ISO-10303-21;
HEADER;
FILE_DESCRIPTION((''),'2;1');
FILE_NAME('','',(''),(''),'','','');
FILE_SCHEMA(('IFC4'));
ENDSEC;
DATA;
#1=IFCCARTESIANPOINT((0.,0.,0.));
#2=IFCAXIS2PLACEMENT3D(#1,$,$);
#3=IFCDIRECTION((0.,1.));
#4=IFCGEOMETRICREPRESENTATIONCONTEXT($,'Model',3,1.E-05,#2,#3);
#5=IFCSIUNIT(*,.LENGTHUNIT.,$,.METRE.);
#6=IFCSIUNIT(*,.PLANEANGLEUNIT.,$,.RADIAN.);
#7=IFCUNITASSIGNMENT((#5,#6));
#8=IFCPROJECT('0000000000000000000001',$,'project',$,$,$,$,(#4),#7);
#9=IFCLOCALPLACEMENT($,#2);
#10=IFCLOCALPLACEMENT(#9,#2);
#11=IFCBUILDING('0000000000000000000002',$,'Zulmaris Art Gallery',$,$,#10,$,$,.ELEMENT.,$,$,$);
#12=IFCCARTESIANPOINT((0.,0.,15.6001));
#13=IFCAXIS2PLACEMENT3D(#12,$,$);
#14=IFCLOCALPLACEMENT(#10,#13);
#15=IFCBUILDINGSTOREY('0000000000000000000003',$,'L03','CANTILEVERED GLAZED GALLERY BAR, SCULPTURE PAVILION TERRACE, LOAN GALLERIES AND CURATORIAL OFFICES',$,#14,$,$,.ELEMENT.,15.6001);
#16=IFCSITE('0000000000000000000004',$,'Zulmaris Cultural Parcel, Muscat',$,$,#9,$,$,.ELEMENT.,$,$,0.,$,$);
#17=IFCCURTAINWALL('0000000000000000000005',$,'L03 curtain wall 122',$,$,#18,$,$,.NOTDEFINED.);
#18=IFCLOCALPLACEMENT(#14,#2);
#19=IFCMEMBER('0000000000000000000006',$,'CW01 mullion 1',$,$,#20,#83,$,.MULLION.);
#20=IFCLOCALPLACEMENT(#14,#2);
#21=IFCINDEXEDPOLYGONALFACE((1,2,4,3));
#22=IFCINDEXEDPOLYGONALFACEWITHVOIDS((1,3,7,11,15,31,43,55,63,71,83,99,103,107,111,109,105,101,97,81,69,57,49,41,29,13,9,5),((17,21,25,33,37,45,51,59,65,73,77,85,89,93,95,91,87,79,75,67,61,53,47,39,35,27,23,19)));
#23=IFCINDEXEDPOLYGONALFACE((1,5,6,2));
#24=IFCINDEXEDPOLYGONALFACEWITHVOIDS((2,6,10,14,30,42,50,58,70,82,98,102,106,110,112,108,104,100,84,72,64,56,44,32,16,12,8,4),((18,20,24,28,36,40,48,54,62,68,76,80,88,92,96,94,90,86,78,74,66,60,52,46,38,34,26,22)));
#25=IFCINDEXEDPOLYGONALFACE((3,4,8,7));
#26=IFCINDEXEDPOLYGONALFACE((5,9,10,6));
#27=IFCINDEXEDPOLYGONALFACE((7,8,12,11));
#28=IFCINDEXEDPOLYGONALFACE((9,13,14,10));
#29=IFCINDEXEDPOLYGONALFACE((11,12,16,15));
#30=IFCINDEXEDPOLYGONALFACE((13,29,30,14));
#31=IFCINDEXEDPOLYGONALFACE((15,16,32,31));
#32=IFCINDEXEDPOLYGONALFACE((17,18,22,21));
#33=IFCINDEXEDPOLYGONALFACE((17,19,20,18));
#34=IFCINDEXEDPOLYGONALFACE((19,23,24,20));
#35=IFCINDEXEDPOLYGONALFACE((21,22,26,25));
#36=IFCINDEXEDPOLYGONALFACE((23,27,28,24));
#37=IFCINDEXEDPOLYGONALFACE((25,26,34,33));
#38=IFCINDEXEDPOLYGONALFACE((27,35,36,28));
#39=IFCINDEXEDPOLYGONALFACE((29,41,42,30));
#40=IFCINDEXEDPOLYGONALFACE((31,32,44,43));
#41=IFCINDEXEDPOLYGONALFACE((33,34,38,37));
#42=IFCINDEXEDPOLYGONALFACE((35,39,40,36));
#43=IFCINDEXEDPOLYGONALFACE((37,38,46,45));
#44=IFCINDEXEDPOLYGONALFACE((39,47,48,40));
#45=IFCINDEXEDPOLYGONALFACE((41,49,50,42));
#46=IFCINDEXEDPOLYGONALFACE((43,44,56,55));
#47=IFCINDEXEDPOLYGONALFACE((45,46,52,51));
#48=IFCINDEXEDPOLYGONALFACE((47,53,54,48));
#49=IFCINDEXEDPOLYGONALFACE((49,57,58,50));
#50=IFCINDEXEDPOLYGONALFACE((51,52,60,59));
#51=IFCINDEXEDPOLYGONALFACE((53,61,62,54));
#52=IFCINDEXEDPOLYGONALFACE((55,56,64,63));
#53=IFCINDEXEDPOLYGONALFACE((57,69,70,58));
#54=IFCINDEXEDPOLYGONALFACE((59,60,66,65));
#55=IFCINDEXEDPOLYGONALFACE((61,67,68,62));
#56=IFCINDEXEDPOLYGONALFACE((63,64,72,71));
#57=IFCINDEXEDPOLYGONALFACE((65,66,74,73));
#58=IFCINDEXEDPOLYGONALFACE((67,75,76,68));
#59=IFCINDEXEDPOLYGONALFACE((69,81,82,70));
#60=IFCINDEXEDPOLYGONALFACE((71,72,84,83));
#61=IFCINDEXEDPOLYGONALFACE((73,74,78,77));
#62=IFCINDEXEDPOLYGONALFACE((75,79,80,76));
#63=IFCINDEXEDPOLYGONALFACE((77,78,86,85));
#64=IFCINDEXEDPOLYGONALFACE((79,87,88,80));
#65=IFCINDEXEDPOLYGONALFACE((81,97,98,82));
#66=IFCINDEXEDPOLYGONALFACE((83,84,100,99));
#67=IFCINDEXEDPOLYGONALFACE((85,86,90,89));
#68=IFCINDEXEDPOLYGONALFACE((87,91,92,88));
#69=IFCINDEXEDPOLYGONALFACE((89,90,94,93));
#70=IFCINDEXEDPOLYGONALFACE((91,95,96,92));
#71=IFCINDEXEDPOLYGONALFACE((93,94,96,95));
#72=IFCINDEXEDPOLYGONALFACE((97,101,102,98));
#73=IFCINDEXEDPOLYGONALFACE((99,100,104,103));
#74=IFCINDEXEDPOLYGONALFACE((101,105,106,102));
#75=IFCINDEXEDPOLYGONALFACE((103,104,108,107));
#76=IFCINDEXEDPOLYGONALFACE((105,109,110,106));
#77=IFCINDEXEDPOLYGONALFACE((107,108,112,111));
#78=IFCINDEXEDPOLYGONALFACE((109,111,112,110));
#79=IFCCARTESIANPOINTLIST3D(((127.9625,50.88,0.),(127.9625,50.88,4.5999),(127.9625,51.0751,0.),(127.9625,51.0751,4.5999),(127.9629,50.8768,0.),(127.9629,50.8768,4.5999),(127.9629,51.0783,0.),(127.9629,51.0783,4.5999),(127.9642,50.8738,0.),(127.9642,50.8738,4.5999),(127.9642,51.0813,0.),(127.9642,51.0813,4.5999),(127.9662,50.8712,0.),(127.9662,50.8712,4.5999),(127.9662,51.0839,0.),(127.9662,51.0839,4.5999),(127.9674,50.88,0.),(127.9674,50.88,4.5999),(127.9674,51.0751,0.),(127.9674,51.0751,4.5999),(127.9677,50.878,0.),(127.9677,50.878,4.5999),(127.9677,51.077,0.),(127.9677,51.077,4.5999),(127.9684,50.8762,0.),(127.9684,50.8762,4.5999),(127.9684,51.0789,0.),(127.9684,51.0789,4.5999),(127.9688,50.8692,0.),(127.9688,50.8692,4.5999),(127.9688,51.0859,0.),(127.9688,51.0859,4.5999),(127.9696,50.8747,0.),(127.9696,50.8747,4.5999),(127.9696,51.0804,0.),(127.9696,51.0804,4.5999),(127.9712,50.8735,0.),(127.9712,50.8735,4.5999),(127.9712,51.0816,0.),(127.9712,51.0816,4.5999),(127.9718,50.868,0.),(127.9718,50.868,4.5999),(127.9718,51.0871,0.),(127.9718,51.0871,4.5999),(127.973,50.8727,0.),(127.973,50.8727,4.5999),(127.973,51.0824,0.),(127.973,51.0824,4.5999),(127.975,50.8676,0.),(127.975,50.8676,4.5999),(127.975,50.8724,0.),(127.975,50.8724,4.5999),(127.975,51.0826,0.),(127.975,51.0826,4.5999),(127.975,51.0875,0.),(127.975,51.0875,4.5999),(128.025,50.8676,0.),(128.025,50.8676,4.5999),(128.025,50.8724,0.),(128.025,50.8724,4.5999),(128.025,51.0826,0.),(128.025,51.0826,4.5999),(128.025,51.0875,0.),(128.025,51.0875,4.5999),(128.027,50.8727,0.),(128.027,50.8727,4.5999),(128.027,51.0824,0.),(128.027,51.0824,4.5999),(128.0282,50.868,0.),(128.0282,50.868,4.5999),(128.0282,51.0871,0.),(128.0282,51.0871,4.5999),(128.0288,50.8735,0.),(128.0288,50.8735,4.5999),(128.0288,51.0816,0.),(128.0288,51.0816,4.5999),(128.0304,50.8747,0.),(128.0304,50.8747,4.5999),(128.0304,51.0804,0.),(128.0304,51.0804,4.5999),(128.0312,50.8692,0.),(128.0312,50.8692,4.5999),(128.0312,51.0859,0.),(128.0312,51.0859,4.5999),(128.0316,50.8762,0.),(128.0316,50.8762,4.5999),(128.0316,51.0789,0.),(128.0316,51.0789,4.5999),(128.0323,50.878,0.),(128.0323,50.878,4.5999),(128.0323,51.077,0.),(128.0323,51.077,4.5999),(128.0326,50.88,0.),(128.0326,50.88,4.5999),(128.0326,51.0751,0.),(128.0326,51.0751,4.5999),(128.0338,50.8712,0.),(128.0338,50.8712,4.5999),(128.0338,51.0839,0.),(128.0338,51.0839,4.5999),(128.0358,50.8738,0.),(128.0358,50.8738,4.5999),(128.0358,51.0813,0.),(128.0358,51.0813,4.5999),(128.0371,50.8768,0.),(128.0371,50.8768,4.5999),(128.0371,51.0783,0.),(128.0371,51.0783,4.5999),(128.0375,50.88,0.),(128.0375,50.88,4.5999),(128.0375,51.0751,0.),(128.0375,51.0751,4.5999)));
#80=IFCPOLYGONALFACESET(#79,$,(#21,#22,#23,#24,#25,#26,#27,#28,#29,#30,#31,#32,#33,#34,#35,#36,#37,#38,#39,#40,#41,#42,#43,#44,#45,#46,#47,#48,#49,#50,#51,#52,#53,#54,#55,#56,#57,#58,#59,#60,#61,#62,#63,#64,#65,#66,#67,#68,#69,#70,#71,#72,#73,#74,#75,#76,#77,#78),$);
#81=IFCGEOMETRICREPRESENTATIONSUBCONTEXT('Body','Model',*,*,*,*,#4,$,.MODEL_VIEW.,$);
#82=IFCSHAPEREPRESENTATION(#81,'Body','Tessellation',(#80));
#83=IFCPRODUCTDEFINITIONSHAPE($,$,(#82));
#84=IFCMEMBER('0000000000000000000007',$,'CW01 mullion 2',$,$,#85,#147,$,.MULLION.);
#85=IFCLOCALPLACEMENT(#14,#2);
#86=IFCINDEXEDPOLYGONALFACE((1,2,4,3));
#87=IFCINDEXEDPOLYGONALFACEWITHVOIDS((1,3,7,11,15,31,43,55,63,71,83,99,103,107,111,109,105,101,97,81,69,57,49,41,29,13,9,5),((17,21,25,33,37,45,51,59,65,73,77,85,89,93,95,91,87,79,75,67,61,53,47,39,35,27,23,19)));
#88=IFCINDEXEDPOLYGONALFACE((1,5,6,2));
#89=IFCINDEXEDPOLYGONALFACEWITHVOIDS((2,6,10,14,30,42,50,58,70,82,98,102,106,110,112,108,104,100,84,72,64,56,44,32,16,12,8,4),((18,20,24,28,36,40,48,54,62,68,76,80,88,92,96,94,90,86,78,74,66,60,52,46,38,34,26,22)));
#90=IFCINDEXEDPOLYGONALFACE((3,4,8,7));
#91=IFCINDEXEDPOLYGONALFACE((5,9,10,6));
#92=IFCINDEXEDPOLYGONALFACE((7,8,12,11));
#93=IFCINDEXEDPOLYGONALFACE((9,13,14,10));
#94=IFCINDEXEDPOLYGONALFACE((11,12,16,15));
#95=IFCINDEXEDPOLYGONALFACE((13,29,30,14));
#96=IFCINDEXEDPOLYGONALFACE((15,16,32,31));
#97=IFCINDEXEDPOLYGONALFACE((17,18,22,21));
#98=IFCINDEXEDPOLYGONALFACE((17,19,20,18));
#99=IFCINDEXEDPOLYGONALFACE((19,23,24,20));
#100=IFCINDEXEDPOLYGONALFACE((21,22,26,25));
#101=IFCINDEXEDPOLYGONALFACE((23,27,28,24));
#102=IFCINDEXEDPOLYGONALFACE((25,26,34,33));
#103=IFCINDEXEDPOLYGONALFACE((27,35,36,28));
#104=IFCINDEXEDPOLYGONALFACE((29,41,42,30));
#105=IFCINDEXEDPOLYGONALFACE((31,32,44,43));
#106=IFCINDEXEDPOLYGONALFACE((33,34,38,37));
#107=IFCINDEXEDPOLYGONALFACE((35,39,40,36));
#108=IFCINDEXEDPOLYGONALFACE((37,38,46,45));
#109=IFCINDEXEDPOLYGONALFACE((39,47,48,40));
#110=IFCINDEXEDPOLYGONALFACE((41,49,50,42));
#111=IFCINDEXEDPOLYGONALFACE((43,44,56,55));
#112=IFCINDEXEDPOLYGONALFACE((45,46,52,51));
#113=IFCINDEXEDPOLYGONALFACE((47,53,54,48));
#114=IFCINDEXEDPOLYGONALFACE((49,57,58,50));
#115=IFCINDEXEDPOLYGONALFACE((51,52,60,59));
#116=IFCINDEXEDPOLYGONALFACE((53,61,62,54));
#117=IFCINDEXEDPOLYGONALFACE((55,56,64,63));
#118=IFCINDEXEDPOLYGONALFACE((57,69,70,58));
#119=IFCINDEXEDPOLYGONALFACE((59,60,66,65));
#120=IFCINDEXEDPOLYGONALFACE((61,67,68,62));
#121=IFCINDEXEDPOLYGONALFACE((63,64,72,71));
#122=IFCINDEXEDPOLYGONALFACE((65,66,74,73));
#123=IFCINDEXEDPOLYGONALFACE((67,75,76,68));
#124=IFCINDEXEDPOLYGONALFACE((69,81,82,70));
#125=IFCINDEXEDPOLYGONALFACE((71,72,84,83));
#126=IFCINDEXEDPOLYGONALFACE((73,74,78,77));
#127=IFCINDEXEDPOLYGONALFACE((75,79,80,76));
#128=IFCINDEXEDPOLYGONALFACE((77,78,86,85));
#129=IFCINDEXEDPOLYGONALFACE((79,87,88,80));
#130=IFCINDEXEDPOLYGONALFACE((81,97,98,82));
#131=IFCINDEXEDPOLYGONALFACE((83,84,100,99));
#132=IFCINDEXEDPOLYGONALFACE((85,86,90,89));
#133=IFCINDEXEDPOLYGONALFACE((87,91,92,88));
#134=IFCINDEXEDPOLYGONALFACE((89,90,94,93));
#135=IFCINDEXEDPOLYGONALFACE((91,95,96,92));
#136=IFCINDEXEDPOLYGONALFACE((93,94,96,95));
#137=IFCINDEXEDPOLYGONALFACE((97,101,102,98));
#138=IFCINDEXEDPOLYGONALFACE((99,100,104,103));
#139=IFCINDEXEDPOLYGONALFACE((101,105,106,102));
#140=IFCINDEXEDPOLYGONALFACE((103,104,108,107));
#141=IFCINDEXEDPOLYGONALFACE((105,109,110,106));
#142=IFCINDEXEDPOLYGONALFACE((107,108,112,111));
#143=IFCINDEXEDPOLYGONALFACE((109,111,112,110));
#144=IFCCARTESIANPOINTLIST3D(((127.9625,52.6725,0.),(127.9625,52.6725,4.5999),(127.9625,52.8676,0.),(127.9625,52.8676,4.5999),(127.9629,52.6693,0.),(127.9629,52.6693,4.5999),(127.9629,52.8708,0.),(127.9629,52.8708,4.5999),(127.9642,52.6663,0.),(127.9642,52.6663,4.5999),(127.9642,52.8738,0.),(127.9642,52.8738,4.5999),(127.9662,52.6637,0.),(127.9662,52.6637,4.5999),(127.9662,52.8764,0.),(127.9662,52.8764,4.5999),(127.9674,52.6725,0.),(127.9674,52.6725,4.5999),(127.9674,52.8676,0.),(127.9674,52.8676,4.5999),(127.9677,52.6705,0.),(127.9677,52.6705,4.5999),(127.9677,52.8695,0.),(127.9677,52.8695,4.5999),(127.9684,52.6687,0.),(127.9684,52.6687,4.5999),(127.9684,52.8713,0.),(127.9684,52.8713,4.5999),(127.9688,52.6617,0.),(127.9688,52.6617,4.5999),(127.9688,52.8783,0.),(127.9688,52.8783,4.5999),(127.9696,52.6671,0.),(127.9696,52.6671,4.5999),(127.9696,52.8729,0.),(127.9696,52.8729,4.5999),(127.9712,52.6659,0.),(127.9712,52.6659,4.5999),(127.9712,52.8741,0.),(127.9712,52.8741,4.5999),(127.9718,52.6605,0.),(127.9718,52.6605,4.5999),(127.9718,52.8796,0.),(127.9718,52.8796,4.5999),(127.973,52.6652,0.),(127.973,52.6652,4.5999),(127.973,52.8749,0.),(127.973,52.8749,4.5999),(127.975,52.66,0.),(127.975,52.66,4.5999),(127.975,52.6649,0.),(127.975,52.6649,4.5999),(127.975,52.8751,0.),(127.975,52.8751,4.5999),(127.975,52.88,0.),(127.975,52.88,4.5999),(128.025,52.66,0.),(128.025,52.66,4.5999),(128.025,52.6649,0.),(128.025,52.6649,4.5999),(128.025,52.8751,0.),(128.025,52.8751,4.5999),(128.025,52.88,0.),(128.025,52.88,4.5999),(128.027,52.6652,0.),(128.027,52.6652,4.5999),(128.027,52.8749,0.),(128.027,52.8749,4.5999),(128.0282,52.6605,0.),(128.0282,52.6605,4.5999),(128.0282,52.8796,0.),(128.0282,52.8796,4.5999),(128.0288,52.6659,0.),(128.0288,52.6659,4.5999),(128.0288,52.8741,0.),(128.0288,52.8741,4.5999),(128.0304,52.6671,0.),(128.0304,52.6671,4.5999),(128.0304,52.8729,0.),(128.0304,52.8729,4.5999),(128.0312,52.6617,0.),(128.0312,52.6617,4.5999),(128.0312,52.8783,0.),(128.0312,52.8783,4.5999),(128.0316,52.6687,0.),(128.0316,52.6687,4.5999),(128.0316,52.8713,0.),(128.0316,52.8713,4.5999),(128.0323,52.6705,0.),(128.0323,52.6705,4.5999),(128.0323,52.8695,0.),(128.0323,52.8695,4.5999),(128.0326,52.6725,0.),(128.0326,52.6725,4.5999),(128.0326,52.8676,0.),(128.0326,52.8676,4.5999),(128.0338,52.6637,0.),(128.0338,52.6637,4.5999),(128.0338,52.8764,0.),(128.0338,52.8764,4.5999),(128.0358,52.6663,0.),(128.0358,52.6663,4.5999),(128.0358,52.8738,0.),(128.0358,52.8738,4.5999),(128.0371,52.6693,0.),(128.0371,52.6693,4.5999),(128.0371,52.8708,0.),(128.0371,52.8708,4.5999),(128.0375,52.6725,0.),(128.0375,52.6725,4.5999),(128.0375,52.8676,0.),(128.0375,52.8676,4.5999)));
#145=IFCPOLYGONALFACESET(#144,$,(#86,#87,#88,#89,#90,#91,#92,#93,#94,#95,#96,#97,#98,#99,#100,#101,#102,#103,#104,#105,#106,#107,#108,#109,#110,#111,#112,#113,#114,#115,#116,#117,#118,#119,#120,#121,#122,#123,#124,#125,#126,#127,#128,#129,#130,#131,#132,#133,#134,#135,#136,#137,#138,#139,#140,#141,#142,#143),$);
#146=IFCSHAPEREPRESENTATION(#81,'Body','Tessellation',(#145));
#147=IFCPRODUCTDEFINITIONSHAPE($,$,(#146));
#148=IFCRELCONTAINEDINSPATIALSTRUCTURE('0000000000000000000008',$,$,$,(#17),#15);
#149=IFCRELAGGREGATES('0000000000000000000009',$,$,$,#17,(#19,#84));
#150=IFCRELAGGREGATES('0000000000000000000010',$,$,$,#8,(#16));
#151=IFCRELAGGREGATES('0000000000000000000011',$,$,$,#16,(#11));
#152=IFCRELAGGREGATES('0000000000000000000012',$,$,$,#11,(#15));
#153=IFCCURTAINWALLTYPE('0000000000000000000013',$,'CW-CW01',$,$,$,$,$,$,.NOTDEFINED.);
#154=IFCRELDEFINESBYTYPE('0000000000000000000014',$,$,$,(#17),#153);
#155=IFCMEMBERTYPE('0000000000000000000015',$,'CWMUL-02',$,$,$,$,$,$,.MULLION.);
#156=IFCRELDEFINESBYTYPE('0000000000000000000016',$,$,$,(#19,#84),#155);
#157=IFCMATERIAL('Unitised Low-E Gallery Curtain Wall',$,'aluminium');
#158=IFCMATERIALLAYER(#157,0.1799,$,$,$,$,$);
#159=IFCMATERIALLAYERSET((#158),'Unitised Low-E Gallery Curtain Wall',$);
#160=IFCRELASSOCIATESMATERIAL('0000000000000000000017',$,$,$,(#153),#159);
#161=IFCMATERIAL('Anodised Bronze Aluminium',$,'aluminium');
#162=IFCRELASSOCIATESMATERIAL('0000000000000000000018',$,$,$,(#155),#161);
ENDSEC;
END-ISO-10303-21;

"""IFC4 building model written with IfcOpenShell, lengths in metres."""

from ifc_helpers import new_model, si_unit, direction, frame, origin, origin_2d, place, context, subcontext, project, spatial, hollow_rectangle, extrude, material, layer, layer_set, material_profile, profile_set, type_object, element, aggregate, save


model = new_model("IFC4")

# Units and contexts
model_context = context("Model", 3, precision=1e-05, world=origin(), true_north=direction((0.0, 1.0)))
body_context = subcontext(model_context, "Body", "Model", "MODEL_VIEW")
ifc_project = project(units=[si_unit("LENGTHUNIT", "METRE"), si_unit("PLANEANGLEUNIT", "RADIAN")], contexts=[model_context])

# Site, building, storey
site_placement = place(None, origin())
site = spatial("IfcSite", under=ifc_project, at=site_placement, Name="Zulmaris Cultural Parcel, Muscat", CompositionType="ELEMENT", RefElevation=0.0)
building_placement = place(site_placement, origin())
building = spatial("IfcBuilding", under=site, at=building_placement, Name="Zulmaris Art Gallery", CompositionType="ELEMENT")
storey_placement = place(building_placement, frame((0.0, 0.0, 15.6001)))
storey = spatial("IfcBuildingStorey", under=building, at=storey_placement, Name="L03", Description="CANTILEVERED GLAZED GALLERY BAR, SCULPTURE PAVILION TERRACE, LOAN GALLERIES AND CURATORIAL OFFICES", CompositionType="ELEMENT", Elevation=15.6001)

# Curtain wall, members
ifc_material_1 = material(Name="Unitised Low-E Gallery Curtain Wall", Category="aluminium")
ifc_layer_1 = layer(ifc_material_1, 0.1799)
ifc_layer_set_1 = layer_set([ifc_layer_1], Name="Unitised Low-E Gallery Curtain Wall")
curtain_wall_type = type_object("IfcCurtainWallType", Name="CW-CW01", PredefinedType="NOTDEFINED", material=ifc_layer_set_1)
curtain_wall_placement = place(storey_placement, origin())
curtain_wall = element("IfcCurtainWall", 1, at=curtain_wall_placement, inside=storey, type_object=curtain_wall_type, Name="L03 curtain wall 122", PredefinedType="NOTDEFINED")
ifc_material_2 = material(Name="Anodised Bronze Aluminium", Category="aluminium")
ifc_material_profile_1 = material_profile(ifc_material_2, hollow_rectangle(XDim=0.075, YDim=0.22, WallThickness=0.0049, InnerFilletRadius=0.0076, OuterFilletRadius=0.0125, at=origin_2d()), Name="ALU 75x220x5")
ifc_profile_set_1 = profile_set([ifc_material_profile_1], Name="Anodised Bronze Aluminium")
member_type_1 = type_object("IfcMemberType", Name="CWMUL-02", PredefinedType="MULLION", material=ifc_profile_set_1)
member_1_placement = place(storey_placement, frame((128.0, 50.9775, 0.0), z_axis=(0.0, 0.0, 1.0), x_axis=(-1.0, 0.0, 0.0)))
member_1 = element("IfcMember", 2, at=member_1_placement, type_object=member_type_1, Name="CW01 mullion 1", PredefinedType="MULLION", context=body_context, shape_type="SweptSolid", body=[
    extrude(hollow_rectangle(XDim=0.075, YDim=0.22, WallThickness=0.0049, InnerFilletRadius=0.0076, OuterFilletRadius=0.0125, at=origin_2d()), origin(), (0.0, 0.0, 1.0), 4.5999),
])
member_2_placement = place(storey_placement, frame((128.0, 52.77, 0.0), z_axis=(0.0, 0.0, 1.0), x_axis=(-1.0, 0.0, 0.0)))
member_2 = element("IfcMember", 3, at=member_2_placement, type_object=member_type_1, Name="CW01 mullion 2", PredefinedType="MULLION", context=body_context, shape_type="SweptSolid", body=[
    extrude(hollow_rectangle(XDim=0.075, YDim=0.22, WallThickness=0.0049, InnerFilletRadius=0.0076, OuterFilletRadius=0.0125, at=origin_2d()), origin(), (0.0, 0.0, 1.0), 4.5999),
])
aggregate(curtain_wall, [member_1, member_2])

save(model, "model.ifc")
